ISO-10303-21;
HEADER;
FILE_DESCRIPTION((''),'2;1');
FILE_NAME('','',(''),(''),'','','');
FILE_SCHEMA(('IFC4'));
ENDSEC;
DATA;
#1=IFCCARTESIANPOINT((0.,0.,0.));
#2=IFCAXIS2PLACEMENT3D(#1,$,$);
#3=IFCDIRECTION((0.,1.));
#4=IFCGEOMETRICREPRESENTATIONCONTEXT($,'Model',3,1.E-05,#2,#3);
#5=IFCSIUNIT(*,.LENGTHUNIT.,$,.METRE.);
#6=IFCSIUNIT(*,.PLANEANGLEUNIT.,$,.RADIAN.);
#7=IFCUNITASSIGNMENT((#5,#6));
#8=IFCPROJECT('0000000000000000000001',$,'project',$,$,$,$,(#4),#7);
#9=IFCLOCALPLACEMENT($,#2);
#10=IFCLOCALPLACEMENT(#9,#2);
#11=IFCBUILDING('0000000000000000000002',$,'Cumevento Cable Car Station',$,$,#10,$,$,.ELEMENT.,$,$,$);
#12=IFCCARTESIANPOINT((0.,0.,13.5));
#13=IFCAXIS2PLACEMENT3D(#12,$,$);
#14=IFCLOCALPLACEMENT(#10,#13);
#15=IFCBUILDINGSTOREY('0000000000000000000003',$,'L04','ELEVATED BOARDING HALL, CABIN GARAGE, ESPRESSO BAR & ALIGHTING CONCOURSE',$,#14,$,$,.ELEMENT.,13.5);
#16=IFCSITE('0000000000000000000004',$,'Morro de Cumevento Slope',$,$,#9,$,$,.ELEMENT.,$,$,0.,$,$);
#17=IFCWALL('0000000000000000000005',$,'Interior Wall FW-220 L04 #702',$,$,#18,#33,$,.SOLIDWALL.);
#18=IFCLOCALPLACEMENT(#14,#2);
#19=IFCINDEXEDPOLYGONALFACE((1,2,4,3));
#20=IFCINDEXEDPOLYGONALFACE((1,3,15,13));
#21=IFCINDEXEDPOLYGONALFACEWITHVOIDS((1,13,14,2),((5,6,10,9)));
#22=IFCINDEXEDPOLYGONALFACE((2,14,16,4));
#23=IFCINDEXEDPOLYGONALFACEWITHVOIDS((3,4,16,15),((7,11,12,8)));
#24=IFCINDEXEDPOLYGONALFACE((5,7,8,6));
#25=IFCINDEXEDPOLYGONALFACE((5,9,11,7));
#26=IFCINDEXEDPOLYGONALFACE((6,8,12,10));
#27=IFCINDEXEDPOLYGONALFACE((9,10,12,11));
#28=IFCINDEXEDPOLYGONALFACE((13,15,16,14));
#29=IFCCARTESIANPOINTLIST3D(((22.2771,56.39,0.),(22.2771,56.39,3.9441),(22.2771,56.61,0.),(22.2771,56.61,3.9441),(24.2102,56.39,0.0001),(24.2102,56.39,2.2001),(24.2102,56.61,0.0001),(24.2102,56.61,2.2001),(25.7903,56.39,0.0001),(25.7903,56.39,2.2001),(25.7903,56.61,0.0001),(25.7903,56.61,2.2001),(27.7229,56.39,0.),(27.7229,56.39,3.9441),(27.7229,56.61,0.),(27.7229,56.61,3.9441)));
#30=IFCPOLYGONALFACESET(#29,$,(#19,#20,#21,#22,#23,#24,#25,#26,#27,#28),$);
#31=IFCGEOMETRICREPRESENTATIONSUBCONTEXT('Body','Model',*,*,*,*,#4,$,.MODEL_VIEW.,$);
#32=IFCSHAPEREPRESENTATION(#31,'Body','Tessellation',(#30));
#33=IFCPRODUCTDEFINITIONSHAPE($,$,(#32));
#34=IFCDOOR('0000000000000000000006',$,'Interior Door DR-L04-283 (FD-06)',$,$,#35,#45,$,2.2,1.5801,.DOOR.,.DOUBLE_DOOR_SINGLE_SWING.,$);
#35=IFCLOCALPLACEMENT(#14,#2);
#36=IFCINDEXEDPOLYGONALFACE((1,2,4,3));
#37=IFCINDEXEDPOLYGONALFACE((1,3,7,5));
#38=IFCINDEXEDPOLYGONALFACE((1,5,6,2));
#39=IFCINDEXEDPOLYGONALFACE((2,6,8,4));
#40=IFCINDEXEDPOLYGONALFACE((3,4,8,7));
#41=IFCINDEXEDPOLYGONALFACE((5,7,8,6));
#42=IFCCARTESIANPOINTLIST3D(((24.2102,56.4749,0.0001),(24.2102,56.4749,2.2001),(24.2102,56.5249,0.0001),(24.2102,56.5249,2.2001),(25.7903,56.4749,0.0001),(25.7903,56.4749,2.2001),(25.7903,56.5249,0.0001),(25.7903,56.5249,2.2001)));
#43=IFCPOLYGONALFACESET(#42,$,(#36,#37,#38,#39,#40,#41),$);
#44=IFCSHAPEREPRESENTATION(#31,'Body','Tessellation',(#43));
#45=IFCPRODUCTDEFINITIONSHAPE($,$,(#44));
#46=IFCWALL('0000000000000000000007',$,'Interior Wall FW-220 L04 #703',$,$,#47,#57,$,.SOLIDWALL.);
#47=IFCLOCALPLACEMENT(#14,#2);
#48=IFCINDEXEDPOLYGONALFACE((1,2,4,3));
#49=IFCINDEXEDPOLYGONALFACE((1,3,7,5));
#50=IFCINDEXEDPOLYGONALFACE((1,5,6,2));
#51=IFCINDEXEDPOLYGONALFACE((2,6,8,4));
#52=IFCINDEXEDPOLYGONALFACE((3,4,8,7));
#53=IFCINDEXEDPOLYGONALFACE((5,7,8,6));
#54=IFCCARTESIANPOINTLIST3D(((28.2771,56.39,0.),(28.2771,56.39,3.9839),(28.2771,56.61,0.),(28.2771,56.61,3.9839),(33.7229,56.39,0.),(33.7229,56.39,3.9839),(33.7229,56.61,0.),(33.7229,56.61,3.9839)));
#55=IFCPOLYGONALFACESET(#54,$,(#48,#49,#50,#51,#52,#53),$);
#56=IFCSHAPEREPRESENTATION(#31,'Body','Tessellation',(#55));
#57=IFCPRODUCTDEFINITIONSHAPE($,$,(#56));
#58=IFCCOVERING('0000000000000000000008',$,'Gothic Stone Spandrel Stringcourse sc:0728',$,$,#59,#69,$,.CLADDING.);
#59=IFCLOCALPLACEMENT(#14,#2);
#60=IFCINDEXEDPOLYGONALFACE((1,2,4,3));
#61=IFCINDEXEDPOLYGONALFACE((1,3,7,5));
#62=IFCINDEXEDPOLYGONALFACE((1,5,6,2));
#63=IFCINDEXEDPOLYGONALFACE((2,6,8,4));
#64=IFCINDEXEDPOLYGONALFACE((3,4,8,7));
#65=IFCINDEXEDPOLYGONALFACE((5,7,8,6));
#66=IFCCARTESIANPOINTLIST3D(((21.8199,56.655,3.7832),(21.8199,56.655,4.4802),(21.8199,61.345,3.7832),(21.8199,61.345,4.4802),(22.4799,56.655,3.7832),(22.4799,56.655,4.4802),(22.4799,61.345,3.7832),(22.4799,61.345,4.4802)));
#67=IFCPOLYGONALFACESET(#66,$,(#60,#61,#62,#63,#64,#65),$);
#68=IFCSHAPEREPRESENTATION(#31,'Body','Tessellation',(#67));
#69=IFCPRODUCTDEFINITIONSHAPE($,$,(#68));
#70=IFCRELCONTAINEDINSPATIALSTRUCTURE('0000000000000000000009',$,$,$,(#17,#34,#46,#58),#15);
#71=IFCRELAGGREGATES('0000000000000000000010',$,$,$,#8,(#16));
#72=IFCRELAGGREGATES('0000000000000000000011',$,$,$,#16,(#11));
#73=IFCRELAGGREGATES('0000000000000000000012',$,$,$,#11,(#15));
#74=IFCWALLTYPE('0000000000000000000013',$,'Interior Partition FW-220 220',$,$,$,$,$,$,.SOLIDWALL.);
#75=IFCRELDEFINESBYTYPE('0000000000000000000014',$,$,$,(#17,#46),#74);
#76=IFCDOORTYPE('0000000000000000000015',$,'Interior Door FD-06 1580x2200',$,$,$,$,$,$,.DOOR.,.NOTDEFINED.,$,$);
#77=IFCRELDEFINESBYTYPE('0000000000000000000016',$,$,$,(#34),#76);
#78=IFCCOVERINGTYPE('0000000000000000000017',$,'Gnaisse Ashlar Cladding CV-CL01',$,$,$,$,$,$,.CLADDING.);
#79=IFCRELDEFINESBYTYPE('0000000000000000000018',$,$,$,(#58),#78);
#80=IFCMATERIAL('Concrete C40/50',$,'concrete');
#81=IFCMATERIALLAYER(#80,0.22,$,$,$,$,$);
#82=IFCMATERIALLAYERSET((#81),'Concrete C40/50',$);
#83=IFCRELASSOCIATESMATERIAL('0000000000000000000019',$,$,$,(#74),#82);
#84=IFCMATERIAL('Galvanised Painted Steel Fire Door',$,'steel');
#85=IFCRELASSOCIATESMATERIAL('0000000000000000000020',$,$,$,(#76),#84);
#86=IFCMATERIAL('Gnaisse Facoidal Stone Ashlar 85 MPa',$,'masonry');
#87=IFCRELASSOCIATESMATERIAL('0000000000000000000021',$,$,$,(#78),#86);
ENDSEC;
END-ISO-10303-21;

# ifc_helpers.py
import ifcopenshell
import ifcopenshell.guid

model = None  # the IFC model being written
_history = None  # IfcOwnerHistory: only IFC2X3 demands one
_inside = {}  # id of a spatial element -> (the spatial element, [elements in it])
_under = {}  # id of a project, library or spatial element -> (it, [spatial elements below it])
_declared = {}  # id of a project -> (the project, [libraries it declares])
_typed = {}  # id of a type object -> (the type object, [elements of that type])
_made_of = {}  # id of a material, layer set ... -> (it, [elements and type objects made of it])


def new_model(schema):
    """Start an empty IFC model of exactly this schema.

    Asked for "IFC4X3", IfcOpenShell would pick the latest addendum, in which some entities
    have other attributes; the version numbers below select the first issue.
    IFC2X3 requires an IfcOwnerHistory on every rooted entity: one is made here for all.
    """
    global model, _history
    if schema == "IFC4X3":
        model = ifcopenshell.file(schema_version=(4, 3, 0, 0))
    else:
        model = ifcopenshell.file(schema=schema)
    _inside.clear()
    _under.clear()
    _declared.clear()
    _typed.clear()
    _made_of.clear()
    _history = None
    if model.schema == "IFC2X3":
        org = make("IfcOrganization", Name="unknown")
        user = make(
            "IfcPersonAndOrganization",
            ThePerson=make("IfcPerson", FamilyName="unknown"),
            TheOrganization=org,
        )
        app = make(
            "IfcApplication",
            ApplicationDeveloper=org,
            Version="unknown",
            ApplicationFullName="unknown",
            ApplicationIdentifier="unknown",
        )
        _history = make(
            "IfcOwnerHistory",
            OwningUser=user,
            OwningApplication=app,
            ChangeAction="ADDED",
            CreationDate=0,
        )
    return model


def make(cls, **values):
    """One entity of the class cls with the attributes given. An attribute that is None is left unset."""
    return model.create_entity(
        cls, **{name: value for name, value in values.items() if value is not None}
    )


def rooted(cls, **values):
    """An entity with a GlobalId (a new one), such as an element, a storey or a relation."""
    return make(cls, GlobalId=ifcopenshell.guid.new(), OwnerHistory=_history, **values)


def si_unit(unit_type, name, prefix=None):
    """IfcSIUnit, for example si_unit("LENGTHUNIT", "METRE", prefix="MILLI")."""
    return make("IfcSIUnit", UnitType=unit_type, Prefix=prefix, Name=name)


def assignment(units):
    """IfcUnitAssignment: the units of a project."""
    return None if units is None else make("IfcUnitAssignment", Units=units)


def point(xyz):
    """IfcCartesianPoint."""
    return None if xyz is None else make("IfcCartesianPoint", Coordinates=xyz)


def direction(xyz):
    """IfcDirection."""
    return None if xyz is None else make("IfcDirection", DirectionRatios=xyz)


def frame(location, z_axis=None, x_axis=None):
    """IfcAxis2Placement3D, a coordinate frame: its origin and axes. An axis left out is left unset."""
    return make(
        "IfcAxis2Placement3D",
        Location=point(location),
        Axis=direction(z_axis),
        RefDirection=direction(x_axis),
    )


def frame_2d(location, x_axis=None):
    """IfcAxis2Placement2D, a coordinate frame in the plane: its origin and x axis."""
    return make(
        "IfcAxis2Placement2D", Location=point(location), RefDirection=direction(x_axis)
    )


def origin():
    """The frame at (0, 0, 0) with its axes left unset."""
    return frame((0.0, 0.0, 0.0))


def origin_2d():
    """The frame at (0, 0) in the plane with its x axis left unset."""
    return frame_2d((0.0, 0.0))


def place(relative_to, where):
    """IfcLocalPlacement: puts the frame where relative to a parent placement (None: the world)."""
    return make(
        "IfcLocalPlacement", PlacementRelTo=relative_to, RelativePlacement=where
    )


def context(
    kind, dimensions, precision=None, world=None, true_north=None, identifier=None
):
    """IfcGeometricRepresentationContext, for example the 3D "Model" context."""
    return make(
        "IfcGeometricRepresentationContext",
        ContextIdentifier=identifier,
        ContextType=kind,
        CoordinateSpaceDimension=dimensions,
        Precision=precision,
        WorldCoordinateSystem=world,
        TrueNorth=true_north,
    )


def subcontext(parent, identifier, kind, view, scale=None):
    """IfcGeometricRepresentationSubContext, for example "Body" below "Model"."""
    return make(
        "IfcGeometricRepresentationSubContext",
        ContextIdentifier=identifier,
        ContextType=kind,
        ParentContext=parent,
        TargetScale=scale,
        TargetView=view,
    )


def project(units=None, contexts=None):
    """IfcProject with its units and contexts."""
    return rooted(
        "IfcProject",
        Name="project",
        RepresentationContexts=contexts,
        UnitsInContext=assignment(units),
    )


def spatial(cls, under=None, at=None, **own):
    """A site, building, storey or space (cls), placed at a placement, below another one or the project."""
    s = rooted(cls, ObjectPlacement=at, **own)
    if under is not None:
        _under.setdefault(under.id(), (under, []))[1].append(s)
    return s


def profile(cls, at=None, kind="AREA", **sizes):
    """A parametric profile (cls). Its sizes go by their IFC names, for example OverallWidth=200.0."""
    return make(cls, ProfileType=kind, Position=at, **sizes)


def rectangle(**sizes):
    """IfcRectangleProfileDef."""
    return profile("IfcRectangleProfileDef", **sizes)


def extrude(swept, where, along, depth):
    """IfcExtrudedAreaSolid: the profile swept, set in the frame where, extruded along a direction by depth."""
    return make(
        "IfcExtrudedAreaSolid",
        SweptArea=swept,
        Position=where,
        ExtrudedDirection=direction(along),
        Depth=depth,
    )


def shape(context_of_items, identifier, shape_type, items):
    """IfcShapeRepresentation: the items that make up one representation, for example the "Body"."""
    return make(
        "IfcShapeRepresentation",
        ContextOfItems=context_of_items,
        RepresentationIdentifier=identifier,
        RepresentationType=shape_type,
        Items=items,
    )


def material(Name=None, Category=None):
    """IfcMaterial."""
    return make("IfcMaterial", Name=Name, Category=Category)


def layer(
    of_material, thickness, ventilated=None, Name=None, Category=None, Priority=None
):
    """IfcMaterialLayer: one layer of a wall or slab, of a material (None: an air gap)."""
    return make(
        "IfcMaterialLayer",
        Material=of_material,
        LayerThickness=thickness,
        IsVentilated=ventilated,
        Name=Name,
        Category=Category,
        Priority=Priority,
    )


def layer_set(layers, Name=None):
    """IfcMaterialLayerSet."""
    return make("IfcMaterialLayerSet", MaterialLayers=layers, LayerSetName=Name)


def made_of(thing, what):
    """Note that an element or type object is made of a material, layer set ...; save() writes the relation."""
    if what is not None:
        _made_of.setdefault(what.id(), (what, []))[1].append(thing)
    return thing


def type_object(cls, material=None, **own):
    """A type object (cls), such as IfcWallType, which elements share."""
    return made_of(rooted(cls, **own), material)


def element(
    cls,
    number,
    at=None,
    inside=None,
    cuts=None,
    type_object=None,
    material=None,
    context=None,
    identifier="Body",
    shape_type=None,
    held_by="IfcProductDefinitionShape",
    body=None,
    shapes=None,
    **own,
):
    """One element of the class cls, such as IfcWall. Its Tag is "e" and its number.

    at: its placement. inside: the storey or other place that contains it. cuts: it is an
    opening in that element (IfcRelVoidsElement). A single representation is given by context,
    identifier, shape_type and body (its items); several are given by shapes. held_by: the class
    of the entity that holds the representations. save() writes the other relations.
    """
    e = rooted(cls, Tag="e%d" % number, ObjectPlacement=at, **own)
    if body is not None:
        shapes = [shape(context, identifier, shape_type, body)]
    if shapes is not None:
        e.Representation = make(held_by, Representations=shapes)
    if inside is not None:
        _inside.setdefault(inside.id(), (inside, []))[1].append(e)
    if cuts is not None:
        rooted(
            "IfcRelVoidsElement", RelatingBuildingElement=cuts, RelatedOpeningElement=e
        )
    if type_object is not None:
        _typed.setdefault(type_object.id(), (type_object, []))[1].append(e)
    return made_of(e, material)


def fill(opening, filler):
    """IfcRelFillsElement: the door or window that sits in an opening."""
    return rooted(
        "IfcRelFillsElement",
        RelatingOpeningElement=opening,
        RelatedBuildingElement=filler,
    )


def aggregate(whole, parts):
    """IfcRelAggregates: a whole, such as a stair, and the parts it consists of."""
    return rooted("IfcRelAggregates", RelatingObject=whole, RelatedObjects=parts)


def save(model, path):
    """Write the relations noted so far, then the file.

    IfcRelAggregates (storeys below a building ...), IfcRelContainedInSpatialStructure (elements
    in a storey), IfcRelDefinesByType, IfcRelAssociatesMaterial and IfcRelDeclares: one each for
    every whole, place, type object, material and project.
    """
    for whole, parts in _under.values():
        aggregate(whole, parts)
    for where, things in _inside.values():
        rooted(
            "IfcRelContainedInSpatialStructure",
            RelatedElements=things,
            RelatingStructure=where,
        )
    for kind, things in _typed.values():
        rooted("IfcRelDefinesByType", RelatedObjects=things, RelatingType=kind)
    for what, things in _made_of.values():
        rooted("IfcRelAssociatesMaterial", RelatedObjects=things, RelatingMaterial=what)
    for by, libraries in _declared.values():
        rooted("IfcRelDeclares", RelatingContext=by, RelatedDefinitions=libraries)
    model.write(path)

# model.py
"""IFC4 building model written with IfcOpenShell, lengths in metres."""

from ifc_helpers import new_model, si_unit, direction, frame, frame_2d, origin, origin_2d, place, context, subcontext, project, spatial, rectangle, extrude, material, layer, layer_set, type_object, element, fill, save


model = new_model("IFC4")

# Units and contexts
model_context = context("Model", 3, precision=1e-05, world=origin(), true_north=direction((0.0, 1.0)))
body_context = subcontext(model_context, "Body", "Model", "MODEL_VIEW")
ifc_project = project(units=[si_unit("LENGTHUNIT", "METRE"), si_unit("PLANEANGLEUNIT", "RADIAN")], contexts=[model_context])

# Site, building, storey
site_placement = place(None, origin())
site = spatial("IfcSite", under=ifc_project, at=site_placement, Name="Morro de Cumevento Slope", CompositionType="ELEMENT", RefElevation=0.0)
building_placement = place(site_placement, origin())
building = spatial("IfcBuilding", under=site, at=building_placement, Name="Cumevento Cable Car Station", CompositionType="ELEMENT")
storey_placement = place(building_placement, frame((0.0, 0.0, 13.5)))
storey = spatial("IfcBuildingStorey", under=building, at=storey_placement, Name="L04", Description="ELEVATED BOARDING HALL, CABIN GARAGE, ESPRESSO BAR & ALIGHTING CONCOURSE", CompositionType="ELEMENT", Elevation=13.5)

# Wall, opening, door
ifc_material_1 = material(Name="Concrete C40/50", Category="concrete")
ifc_layer_1 = layer(ifc_material_1, 0.22)
ifc_layer_set_1 = layer_set([ifc_layer_1], Name="Concrete C40/50")
wall_type = type_object("IfcWallType", Name="Interior Partition FW-220 220", PredefinedType="SOLIDWALL", material=ifc_layer_set_1)
wall_1_placement = place(storey_placement, frame((22.2771, 56.5, 0.0), z_axis=(0.0, 0.0, 1.0), x_axis=(1.0, 0.0, 0.0)))
wall_1 = element("IfcWall", 1, at=wall_1_placement, inside=storey, type_object=wall_type, Name="Interior Wall FW-220 L04 #702", PredefinedType="SOLIDWALL", context=body_context, shape_type="SweptSolid", body=[
    extrude(rectangle(XDim=5.4458, YDim=0.22, at=frame_2d((2.7229, 0.0))), origin(), (0.0, 0.0, 1.0), 3.9441),
])
opening_placement = place(wall_1_placement, frame((1.9331, 0.0, 0.0)))
opening = element("IfcOpeningElement", 2, at=opening_placement, cuts=wall_1, PredefinedType="OPENING", context=body_context, shape_type="SweptSolid", body=[
    extrude(rectangle(XDim=1.5801, YDim=2.2, at=frame_2d((0.79, 1.1001))), frame((0.0, 0.1199, 0.0), z_axis=(0.0, -1.0, 0.0), x_axis=(1.0, 0.0, 0.0)), (0.0, 0.0, 1.0), 0.24),
])
ifc_material_2 = material(Name="Galvanised Painted Steel Fire Door", Category="steel")
door_type = type_object("IfcDoorType", Name="Interior Door FD-06 1580x2200", OperationType="NOTDEFINED", PredefinedType="DOOR", material=ifc_material_2)
door_placement = place(opening_placement, origin())
door = element("IfcDoor", 3, at=door_placement, inside=storey, type_object=door_type, Name="Interior Door DR-L04-283 (FD-06)", OperationType="DOUBLE_DOOR_SINGLE_SWING", OverallHeight=2.2, OverallWidth=1.5801, PredefinedType="DOOR", context=body_context, shape_type="SweptSolid", body=[
    extrude(rectangle(XDim=1.5801, YDim=2.2, at=frame_2d((0.79, 1.1001))), frame((0.0, 0.0249, 0.0), z_axis=(0.0, -1.0, 0.0), x_axis=(1.0, 0.0, 0.0)), (0.0, 0.0, 1.0), 0.05),
])
fill(opening, door)

# Wall
wall_2_placement = place(storey_placement, frame((28.2771, 56.5, 0.0), z_axis=(0.0, 0.0, 1.0), x_axis=(1.0, 0.0, 0.0)))
element("IfcWall", 4, at=wall_2_placement, inside=storey, type_object=wall_type, Name="Interior Wall FW-220 L04 #703", PredefinedType="SOLIDWALL", context=body_context, shape_type="SweptSolid", body=[
    extrude(rectangle(XDim=5.4458, YDim=0.22, at=frame_2d((2.7229, 0.0))), origin(), (0.0, 0.0, 1.0), 3.9839),
])

# Covering
ifc_material_3 = material(Name="Gnaisse Facoidal Stone Ashlar 85 MPa", Category="masonry")
covering_type = type_object("IfcCoveringType", Name="Gnaisse Ashlar Cladding CV-CL01", PredefinedType="CLADDING", material=ifc_material_3)
covering_1_placement = place(storey_placement, frame((22.1499, 59.0, 3.7832), z_axis=(0.0, 0.0, 1.0), x_axis=(0.0, 1.0, 0.0)))
element("IfcCovering", 5, at=covering_1_placement, inside=storey, type_object=covering_type, Name="Gothic Stone Spandrel Stringcourse sc:0728", PredefinedType="CLADDING", context=body_context, shape_type="SweptSolid", body=[
    extrude(rectangle(XDim=4.6899, YDim=0.6599, at=origin_2d()), origin(), (0.0, 0.0, 1.0), 0.697),
])

save(model, "model.ifc")
